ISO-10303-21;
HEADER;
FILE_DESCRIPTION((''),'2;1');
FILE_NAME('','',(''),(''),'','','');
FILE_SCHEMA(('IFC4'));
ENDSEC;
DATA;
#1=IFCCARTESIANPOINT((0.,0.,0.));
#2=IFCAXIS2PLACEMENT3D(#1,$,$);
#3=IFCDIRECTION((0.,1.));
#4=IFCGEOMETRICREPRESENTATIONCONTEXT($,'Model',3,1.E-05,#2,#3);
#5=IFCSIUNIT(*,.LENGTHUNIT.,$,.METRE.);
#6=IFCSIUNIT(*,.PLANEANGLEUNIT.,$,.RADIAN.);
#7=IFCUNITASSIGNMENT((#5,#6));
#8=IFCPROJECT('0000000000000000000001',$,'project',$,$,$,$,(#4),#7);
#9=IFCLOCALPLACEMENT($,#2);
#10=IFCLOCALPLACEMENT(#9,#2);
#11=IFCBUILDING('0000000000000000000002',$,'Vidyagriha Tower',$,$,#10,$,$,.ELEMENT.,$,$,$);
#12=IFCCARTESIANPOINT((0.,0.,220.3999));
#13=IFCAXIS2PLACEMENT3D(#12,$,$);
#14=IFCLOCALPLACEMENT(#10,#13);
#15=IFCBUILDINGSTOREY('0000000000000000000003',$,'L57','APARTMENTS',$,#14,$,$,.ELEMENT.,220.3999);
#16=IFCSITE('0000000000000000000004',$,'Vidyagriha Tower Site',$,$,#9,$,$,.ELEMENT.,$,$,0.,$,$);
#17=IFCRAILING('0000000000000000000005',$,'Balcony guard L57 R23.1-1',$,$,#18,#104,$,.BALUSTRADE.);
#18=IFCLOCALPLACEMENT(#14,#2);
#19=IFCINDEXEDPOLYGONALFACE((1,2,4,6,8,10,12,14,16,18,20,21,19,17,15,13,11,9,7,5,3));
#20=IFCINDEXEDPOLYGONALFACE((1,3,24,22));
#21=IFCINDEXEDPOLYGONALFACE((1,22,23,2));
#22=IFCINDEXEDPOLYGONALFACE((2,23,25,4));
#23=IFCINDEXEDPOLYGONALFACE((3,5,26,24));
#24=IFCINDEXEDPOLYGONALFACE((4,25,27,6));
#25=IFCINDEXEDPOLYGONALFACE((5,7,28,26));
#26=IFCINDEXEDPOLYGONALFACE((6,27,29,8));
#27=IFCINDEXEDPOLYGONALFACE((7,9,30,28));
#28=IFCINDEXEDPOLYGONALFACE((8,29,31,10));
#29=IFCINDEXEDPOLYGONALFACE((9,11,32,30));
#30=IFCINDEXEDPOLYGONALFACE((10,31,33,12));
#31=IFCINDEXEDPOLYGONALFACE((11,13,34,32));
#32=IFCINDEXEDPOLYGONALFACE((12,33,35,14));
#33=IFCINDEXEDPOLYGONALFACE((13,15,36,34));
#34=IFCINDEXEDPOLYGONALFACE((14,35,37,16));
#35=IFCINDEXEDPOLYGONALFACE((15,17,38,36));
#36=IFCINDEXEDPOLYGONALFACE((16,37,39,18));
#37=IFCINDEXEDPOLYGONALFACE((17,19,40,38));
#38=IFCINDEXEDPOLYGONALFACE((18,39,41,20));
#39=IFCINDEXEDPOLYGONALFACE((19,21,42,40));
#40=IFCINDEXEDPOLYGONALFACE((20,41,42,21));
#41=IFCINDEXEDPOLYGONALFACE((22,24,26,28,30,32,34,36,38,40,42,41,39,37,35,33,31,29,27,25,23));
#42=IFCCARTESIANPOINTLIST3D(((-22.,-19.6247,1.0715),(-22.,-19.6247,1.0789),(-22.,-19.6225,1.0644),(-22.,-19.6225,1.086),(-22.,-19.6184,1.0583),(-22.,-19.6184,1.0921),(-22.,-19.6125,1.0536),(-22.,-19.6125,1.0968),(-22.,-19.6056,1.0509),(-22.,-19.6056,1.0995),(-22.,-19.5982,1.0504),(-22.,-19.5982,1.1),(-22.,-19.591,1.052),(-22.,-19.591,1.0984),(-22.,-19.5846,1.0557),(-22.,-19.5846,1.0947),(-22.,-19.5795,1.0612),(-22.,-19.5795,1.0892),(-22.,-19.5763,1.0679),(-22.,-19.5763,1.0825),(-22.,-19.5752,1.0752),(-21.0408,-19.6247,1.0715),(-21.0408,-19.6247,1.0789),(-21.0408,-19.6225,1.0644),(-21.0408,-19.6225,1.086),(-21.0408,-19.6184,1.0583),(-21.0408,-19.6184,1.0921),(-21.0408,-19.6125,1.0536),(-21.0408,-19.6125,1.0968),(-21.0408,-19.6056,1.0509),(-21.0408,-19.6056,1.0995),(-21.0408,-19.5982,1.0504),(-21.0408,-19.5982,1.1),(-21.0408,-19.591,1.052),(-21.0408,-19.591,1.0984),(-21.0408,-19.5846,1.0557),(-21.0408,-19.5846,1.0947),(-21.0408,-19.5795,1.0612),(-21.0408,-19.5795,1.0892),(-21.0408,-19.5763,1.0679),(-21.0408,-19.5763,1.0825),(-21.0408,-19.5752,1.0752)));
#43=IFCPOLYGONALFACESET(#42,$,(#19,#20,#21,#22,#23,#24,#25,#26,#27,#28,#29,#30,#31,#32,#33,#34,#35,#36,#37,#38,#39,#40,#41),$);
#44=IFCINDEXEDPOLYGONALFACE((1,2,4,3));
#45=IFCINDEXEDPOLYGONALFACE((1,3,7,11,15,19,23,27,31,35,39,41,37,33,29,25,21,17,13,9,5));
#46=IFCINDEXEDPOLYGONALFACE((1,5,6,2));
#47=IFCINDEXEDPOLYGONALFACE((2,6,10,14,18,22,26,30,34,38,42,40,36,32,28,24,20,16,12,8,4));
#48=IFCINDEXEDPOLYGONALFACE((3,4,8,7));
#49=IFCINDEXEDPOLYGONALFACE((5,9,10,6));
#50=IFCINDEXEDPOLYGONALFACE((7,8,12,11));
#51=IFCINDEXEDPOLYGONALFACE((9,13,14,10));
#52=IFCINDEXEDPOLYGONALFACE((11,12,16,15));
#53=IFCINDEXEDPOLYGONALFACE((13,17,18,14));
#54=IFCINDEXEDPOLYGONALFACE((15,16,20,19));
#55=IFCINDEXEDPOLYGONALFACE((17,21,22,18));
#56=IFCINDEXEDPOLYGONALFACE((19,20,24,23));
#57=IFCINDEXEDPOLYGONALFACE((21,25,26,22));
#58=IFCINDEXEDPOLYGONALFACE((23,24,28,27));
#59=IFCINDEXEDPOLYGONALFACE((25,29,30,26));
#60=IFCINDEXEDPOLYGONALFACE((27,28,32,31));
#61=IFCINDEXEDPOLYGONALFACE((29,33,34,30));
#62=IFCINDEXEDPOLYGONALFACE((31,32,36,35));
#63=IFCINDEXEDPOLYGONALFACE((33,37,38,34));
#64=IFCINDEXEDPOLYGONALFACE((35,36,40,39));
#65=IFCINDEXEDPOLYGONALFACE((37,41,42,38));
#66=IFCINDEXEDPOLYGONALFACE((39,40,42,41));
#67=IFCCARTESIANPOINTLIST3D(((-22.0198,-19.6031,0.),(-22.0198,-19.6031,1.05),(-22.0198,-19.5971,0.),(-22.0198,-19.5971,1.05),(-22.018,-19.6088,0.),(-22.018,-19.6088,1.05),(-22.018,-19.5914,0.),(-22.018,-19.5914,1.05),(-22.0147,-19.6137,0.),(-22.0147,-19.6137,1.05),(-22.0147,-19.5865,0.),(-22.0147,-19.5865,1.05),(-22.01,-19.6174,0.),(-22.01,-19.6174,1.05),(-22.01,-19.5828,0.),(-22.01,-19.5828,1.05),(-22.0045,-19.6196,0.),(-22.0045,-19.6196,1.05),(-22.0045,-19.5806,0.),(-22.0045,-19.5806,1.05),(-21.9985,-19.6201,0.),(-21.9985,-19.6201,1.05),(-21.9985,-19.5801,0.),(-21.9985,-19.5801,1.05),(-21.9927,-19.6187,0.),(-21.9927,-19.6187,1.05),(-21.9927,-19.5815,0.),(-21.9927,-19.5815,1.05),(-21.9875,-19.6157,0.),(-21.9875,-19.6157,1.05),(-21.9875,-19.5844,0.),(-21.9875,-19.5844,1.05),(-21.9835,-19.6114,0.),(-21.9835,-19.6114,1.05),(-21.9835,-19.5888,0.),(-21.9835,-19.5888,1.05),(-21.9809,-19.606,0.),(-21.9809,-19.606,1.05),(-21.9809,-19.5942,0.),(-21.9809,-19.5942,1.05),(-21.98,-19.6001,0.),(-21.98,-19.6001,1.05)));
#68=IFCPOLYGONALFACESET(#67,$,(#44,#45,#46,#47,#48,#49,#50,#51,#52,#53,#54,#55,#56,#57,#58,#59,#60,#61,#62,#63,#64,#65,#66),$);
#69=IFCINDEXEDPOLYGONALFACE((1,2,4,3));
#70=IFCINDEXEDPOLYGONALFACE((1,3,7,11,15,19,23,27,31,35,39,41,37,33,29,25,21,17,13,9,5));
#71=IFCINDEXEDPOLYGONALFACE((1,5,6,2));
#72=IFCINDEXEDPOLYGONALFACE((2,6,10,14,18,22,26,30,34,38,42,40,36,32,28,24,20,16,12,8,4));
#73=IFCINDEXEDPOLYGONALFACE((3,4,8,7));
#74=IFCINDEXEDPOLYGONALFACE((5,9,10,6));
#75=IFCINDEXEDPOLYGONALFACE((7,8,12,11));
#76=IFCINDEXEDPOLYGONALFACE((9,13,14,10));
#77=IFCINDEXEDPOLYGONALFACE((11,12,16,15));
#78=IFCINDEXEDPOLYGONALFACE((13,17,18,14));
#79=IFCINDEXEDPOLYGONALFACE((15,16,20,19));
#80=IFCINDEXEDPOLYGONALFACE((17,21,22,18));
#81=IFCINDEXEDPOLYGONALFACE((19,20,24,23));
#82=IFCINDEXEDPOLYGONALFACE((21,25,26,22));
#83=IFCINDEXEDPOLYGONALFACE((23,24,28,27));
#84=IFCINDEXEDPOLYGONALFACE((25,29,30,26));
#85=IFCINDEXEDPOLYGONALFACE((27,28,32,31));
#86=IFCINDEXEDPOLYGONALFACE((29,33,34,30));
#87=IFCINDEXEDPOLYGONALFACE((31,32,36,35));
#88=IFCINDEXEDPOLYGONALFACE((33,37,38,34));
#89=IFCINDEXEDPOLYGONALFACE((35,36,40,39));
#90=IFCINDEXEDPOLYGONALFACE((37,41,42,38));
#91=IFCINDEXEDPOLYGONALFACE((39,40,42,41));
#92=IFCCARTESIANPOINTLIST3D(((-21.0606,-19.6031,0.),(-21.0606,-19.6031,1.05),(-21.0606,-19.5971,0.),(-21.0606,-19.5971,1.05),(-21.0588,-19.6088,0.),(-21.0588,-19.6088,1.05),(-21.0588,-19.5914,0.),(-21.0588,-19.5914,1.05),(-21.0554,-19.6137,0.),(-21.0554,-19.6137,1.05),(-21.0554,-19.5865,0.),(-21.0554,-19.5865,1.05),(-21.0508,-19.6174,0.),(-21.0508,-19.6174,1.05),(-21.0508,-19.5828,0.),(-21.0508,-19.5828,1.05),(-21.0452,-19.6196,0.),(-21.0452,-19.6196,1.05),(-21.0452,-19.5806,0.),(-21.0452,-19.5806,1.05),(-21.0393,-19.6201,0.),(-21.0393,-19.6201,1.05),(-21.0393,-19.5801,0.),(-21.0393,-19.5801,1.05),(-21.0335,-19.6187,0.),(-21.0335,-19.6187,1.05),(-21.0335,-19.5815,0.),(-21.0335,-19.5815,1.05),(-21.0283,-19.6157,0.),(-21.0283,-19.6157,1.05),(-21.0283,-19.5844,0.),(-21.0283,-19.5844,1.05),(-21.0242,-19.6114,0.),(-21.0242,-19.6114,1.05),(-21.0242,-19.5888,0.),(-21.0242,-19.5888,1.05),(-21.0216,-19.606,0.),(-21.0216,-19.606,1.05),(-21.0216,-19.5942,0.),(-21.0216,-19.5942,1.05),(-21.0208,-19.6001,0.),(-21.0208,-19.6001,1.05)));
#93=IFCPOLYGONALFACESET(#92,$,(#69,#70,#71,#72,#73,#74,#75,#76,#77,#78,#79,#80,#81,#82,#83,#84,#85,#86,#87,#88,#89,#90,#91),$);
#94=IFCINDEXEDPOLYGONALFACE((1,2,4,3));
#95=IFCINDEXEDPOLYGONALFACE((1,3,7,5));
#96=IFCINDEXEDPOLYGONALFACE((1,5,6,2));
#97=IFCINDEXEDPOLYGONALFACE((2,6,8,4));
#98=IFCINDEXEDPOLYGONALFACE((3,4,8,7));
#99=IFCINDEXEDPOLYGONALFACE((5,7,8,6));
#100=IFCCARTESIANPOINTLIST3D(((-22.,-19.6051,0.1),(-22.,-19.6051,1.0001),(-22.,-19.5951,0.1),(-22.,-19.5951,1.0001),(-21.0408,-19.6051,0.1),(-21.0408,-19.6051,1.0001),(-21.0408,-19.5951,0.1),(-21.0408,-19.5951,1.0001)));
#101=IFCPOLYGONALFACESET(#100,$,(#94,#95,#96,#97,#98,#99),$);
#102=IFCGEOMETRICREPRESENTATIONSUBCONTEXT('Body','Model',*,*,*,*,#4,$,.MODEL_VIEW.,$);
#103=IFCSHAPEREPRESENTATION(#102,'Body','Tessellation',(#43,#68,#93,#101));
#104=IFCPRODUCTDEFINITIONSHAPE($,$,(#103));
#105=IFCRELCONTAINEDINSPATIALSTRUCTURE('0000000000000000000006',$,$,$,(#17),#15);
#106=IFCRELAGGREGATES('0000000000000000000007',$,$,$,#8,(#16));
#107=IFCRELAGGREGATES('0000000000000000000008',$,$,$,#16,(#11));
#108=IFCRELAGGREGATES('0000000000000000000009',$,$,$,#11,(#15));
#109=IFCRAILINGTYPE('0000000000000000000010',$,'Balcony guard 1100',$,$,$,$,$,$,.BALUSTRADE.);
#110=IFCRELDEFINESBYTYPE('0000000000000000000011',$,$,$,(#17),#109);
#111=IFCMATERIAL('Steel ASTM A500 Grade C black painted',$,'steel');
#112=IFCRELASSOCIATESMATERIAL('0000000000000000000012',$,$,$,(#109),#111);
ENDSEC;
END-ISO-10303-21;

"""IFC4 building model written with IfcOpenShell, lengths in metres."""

from ifc_helpers import new_model, si_unit, direction, frame, origin, origin_2d, place, context, subcontext, project, spatial, rectangle, circle, extrude, material, type_object, element, save


model = new_model("IFC4")

# Units and contexts
model_context = context("Model", 3, precision=1e-05, world=origin(), true_north=direction((0.0, 1.0)))
body_context = subcontext(model_context, "Body", "Model", "MODEL_VIEW")
ifc_project = project(units=[si_unit("LENGTHUNIT", "METRE"), si_unit("PLANEANGLEUNIT", "RADIAN")], contexts=[model_context])

# Site, building, storey
site_placement = place(None, origin())
site = spatial("IfcSite", under=ifc_project, at=site_placement, Name="Vidyagriha Tower Site", CompositionType="ELEMENT", RefElevation=0.0)
building_placement = place(site_placement, origin())
building = spatial("IfcBuilding", under=site, at=building_placement, Name="Vidyagriha Tower", CompositionType="ELEMENT")
storey_placement = place(building_placement, frame((0.0, 0.0, 220.3999)))
storey = spatial("IfcBuildingStorey", under=building, at=storey_placement, Name="L57", Description="APARTMENTS", CompositionType="ELEMENT", Elevation=220.3999)

# Railing
ifc_material_1 = material(Name="Steel ASTM A500 Grade C black painted", Category="steel")
railing_type_1 = type_object("IfcRailingType", Name="Balcony guard 1100", PredefinedType="BALUSTRADE", material=ifc_material_1)
railing_1_placement = place(storey_placement, frame((-22.0, -19.6001, 0.0)))
element("IfcRailing", 1, at=railing_1_placement, inside=storey, type_object=railing_type_1, Name="Balcony guard L57 R23.1-1", PredefinedType="BALUSTRADE", context=body_context, shape_type="SweptSolid", body=[
    extrude(circle(Radius=0.0249, at=origin_2d()), frame((0.0, 0.0, 1.0752), z_axis=(1.0, 0.0, 0.0), x_axis=(0.0, 1.0, 0.0)), (0.0, 0.0, 1.0), 0.9592),
    extrude(circle(Radius=0.02, at=origin_2d()), origin(), (0.0, 0.0, 1.0), 1.05),
    extrude(circle(Radius=0.02, at=origin_2d()), frame((0.9592, 0.0, 0.0)), (0.0, 0.0, 1.0), 1.05),
    extrude(rectangle(XDim=0.01, YDim=0.9001, at=origin_2d()), frame((0.0, 0.0, 0.55), z_axis=(1.0, 0.0, 0.0), x_axis=(0.0, 1.0, 0.0)), (0.0, 0.0, 1.0), 0.9592),
])

save(model, "model.ifc")
